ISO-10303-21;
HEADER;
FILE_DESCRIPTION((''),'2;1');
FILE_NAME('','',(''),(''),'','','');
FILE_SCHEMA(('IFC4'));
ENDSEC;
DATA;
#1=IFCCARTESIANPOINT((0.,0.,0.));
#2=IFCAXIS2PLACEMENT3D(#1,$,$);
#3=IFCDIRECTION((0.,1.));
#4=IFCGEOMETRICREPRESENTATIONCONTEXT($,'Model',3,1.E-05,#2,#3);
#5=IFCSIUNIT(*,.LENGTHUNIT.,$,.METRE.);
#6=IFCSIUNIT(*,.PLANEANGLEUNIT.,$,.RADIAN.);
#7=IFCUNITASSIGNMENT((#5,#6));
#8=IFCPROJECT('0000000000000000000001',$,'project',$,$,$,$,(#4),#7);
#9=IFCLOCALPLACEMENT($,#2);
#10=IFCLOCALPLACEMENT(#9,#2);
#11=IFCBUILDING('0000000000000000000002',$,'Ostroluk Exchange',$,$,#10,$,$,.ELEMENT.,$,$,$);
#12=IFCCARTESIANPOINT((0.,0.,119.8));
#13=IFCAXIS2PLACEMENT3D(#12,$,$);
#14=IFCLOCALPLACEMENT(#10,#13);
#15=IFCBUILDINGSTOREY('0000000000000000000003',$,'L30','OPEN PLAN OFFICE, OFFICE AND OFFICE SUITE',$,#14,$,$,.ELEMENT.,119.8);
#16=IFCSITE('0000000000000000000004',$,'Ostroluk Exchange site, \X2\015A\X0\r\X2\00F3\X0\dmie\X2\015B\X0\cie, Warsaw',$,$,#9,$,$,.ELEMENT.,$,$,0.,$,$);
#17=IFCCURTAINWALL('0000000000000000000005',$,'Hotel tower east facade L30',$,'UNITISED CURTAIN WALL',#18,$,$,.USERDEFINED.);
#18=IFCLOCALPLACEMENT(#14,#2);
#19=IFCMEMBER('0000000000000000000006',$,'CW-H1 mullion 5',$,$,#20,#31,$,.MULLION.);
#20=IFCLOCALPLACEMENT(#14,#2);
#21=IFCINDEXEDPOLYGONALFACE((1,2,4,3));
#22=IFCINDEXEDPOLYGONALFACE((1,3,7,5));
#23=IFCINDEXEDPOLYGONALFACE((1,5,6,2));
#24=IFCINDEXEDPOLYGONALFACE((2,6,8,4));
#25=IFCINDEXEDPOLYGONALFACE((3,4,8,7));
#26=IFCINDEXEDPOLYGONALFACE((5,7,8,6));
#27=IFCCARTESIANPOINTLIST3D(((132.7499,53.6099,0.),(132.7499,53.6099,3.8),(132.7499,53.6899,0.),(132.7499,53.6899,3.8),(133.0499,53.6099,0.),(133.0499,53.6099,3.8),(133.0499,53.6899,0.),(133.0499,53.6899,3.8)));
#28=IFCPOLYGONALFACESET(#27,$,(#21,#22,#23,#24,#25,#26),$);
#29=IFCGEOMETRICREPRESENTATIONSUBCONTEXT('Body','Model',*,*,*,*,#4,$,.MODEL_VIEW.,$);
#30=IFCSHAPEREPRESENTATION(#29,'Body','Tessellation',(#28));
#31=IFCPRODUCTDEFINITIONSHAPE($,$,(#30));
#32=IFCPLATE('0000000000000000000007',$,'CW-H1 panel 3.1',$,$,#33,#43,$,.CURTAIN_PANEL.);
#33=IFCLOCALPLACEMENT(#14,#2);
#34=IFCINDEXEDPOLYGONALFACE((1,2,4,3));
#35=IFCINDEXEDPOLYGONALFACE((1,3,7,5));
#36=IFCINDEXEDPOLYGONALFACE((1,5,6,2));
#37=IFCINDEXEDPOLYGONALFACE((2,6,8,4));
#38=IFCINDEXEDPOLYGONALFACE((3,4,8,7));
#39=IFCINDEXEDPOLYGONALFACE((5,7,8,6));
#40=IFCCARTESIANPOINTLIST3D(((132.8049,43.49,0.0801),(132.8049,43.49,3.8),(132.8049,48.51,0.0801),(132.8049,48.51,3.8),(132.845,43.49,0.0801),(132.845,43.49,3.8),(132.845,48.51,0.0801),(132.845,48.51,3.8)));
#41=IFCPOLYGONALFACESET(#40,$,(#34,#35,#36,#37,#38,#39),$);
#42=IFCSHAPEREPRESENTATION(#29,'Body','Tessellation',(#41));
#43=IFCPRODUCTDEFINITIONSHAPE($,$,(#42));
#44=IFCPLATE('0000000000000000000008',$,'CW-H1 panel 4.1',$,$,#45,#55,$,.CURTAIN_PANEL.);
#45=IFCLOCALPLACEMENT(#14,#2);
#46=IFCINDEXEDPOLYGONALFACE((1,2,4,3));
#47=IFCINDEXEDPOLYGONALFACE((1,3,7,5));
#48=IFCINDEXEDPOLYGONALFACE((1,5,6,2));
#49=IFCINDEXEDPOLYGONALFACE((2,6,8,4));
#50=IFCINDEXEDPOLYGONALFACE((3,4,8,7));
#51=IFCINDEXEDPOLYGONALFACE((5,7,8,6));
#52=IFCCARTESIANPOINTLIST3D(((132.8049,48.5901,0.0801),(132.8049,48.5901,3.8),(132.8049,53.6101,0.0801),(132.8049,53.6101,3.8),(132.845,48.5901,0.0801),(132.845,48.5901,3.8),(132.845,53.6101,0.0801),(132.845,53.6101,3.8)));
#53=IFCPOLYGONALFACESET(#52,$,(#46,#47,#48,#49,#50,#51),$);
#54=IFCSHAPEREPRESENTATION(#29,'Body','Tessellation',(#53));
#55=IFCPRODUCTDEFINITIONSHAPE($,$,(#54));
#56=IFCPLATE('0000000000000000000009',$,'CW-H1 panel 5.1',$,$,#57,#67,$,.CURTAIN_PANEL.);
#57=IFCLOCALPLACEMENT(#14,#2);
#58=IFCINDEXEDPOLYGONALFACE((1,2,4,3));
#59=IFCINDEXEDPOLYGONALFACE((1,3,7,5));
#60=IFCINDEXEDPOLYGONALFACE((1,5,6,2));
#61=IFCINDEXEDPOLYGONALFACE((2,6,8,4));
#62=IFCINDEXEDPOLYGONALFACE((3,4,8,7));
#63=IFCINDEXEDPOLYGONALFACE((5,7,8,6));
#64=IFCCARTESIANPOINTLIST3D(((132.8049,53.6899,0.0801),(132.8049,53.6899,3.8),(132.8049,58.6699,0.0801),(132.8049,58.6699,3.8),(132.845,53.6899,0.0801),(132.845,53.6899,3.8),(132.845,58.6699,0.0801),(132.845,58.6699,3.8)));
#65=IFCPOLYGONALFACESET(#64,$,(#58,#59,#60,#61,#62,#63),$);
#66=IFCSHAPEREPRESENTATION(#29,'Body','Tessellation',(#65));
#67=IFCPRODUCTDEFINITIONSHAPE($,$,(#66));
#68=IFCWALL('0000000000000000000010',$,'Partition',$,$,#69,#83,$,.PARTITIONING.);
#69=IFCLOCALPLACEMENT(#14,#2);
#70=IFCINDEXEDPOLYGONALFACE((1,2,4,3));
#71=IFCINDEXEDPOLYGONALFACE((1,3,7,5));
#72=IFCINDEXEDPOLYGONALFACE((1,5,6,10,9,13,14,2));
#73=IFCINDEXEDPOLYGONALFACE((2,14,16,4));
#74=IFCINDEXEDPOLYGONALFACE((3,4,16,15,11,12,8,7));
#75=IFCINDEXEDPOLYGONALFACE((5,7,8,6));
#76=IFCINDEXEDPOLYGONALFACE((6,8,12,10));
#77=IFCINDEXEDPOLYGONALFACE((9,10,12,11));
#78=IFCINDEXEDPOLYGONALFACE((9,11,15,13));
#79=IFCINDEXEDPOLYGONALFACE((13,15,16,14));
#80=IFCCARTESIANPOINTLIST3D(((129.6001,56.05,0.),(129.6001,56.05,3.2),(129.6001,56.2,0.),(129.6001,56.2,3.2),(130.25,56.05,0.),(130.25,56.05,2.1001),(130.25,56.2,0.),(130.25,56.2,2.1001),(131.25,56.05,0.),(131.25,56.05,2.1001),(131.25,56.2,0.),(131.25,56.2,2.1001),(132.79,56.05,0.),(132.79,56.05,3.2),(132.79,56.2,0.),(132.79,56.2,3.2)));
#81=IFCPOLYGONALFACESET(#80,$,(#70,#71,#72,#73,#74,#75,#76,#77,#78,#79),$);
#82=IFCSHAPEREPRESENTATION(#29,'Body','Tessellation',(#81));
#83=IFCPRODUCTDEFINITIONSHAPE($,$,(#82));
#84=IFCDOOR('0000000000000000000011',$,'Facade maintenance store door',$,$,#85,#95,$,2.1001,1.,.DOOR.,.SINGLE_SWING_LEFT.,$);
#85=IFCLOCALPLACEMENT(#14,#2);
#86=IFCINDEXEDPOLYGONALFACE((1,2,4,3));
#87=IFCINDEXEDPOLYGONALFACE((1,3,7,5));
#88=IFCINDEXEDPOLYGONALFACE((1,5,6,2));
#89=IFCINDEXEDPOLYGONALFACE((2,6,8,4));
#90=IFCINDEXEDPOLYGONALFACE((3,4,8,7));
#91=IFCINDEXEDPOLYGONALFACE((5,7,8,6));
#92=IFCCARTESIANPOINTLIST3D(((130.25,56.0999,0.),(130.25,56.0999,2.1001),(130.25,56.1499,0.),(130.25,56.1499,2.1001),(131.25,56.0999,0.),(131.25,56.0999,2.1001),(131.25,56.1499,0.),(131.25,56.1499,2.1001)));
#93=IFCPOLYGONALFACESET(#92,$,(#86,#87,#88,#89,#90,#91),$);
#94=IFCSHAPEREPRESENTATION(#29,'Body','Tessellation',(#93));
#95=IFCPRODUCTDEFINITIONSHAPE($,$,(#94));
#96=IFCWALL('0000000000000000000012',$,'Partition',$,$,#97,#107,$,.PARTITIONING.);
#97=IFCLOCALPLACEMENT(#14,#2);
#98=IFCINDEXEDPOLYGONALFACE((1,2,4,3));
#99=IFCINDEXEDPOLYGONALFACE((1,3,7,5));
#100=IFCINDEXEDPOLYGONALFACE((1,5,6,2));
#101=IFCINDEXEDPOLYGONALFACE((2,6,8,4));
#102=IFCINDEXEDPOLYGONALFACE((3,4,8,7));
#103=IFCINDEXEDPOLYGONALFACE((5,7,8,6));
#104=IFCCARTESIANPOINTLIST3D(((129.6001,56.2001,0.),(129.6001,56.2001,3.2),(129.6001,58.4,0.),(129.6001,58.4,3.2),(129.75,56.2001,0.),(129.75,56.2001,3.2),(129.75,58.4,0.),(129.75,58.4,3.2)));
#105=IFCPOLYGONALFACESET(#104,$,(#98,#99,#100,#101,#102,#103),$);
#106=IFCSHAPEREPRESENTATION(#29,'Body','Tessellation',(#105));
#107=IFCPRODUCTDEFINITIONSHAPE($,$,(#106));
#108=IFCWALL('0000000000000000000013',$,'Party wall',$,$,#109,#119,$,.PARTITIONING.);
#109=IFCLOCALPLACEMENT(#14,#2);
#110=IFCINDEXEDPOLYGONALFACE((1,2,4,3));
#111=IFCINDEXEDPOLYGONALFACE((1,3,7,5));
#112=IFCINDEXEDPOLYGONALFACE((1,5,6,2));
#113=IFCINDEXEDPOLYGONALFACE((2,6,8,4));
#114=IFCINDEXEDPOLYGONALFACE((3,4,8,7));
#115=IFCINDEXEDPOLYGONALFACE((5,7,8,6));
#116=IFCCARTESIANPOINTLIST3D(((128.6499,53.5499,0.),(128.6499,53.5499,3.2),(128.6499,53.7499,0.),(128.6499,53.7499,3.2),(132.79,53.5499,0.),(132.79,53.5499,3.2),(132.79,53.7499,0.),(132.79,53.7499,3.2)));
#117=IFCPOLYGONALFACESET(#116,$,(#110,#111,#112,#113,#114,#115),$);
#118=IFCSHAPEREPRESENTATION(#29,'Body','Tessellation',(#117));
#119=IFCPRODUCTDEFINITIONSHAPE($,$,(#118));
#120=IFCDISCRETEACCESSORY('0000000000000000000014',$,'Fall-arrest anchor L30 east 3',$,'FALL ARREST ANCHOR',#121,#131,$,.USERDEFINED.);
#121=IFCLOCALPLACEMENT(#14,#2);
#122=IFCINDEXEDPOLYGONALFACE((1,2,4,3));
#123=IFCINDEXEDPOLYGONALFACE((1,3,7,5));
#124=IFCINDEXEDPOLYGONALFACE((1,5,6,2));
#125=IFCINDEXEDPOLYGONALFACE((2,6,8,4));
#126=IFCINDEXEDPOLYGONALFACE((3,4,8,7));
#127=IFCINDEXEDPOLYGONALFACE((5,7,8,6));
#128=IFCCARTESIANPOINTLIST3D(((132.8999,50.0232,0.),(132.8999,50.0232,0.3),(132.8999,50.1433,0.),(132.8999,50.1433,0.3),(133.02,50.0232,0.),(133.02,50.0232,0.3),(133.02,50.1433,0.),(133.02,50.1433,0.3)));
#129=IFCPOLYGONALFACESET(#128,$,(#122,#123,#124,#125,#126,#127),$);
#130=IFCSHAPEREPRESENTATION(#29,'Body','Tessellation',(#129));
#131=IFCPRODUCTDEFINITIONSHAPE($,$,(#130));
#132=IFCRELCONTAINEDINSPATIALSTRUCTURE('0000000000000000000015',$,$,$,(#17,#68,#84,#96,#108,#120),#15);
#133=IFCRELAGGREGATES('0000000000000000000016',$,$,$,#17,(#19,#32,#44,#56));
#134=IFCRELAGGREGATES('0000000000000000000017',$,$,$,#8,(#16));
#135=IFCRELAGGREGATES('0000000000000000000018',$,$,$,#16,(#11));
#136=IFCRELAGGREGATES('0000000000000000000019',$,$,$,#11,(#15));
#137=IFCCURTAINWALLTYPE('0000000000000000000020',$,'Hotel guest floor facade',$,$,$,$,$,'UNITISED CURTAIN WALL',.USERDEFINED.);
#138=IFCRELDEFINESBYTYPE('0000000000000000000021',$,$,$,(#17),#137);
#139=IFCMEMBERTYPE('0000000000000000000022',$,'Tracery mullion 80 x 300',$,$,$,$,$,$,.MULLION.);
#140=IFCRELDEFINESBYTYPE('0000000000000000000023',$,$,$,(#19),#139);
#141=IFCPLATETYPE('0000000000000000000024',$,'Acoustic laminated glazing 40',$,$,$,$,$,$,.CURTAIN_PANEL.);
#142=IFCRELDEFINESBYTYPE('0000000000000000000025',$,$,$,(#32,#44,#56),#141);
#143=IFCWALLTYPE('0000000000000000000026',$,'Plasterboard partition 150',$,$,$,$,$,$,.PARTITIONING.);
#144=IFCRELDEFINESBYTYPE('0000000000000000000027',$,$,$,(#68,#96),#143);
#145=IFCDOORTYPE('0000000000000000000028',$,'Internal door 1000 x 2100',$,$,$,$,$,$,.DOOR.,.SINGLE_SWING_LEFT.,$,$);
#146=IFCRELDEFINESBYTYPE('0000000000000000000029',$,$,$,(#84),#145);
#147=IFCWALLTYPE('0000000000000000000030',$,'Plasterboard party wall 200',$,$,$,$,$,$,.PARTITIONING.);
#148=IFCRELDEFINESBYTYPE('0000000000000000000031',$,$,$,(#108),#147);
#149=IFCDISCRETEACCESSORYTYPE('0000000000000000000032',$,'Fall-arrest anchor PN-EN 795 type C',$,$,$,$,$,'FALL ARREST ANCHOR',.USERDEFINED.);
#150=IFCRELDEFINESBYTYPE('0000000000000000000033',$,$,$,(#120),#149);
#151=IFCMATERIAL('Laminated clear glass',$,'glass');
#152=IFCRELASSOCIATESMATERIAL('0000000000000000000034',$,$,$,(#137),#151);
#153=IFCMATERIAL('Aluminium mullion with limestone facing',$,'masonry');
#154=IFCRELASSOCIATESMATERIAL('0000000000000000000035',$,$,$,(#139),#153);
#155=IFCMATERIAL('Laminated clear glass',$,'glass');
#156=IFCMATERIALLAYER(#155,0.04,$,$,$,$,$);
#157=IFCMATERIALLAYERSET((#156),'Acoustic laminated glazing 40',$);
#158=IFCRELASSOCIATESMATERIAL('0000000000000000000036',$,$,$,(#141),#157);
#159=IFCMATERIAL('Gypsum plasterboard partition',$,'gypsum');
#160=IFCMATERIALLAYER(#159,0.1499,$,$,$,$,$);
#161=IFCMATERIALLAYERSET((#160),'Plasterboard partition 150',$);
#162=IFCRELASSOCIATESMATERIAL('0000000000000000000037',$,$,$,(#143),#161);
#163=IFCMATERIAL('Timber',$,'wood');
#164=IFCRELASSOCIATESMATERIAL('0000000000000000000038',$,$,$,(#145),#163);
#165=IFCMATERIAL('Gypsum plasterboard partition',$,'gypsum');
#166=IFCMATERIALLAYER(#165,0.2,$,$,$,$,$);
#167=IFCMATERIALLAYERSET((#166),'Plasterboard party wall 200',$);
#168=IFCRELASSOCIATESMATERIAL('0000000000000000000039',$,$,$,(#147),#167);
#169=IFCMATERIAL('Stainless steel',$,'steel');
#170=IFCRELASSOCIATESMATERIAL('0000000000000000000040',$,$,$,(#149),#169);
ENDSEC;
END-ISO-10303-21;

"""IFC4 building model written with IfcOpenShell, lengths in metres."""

from ifc_helpers import new_model, si_unit, direction, frame, frame_2d, origin, origin_2d, place, context, subcontext, project, spatial, rectangle, extrude, material, layer, layer_set, material_profile, profile_set, type_object, element, fill, aggregate, save


model = new_model("IFC4")

# Units and contexts
model_context = context("Model", 3, precision=1e-05, world=origin(), true_north=direction((0.0, 1.0)))
body_context = subcontext(model_context, "Body", "Model", "MODEL_VIEW")
ifc_project = project(units=[si_unit("LENGTHUNIT", "METRE"), si_unit("PLANEANGLEUNIT", "RADIAN")], contexts=[model_context])

# Site, building, storey
site_placement = place(None, origin())
site = spatial("IfcSite", under=ifc_project, at=site_placement, Name="Ostroluk Exchange site, Śródmieście, Warsaw", CompositionType="ELEMENT", RefElevation=0.0)
building_placement = place(site_placement, origin())
building = spatial("IfcBuilding", under=site, at=building_placement, Name="Ostroluk Exchange", CompositionType="ELEMENT")
storey_placement = place(building_placement, frame((0.0, 0.0, 119.8)))
storey = spatial("IfcBuildingStorey", under=building, at=storey_placement, Name="L30", Description="OPEN PLAN OFFICE, OFFICE AND OFFICE SUITE", CompositionType="ELEMENT", Elevation=119.8)

# Curtain wall, member, plates
ifc_material_1 = material(Name="Laminated clear glass", Category="glass")
curtain_wall_type = type_object("IfcCurtainWallType", Name="Hotel guest floor facade", ElementType="UNITISED CURTAIN WALL", PredefinedType="USERDEFINED", material=ifc_material_1)
curtain_wall_placement = place(storey_placement, origin())
curtain_wall = element("IfcCurtainWall", 1, at=curtain_wall_placement, inside=storey, type_object=curtain_wall_type, Name="Hotel tower east facade L30", ObjectType="UNITISED CURTAIN WALL", PredefinedType="USERDEFINED")
ifc_material_2 = material(Name="Aluminium mullion with limestone facing", Category="masonry")
ifc_material_profile_1 = material_profile(ifc_material_2, rectangle(XDim=0.3, YDim=0.0801, at=origin_2d()), Name="Tracery mullion 80 x 300")
ifc_profile_set_1 = profile_set([ifc_material_profile_1], Name="Aluminium mullion with limestone facing")
member_type_1 = type_object("IfcMemberType", Name="Tracery mullion 80 x 300", PredefinedType="MULLION", material=ifc_profile_set_1)
member_1_placement = place(storey_placement, frame((132.8999, 53.6499, 0.0), z_axis=(0.0, 0.0, 1.0), x_axis=(-1.0, 0.0, 0.0)))
member_1 = element("IfcMember", 2, at=member_1_placement, type_object=member_type_1, Name="CW-H1 mullion 5", PredefinedType="MULLION", context=body_context, shape_type="SweptSolid", body=[
    extrude(rectangle(XDim=0.3, YDim=0.0801, at=origin_2d()), origin(), (0.0, 0.0, 1.0), 3.8),
])
ifc_material_3 = material(Name="Laminated clear glass", Category="glass")
ifc_layer_1 = layer(ifc_material_3, 0.04)
ifc_layer_set_1 = layer_set([ifc_layer_1], Name="Acoustic laminated glazing 40")
plate_type = type_object("IfcPlateType", Name="Acoustic laminated glazing 40", PredefinedType="CURTAIN_PANEL", material=ifc_layer_set_1)
plate_1_placement = place(storey_placement, frame((132.825, 46.0, 0.0801), z_axis=(0.0, 0.0, 1.0), x_axis=(0.0, 1.0, 0.0)))
plate_1 = element("IfcPlate", 3, at=plate_1_placement, type_object=plate_type, Name="CW-H1 panel 3.1", PredefinedType="CURTAIN_PANEL", context=body_context, shape_type="SweptSolid", body=[
    extrude(rectangle(XDim=5.02, YDim=0.04, at=origin_2d()), origin(), (0.0, 0.0, 1.0), 3.72),
])
plate_2_placement = place(storey_placement, frame((132.825, 51.1001, 0.0801), z_axis=(0.0, 0.0, 1.0), x_axis=(0.0, 1.0, 0.0)))
plate_2 = element("IfcPlate", 4, at=plate_2_placement, type_object=plate_type, Name="CW-H1 panel 4.1", PredefinedType="CURTAIN_PANEL", context=body_context, shape_type="SweptSolid", body=[
    extrude(rectangle(XDim=5.02, YDim=0.04, at=origin_2d()), origin(), (0.0, 0.0, 1.0), 3.72),
])
plate_3_placement = place(storey_placement, frame((132.825, 56.1799, 0.0801), z_axis=(0.0, 0.0, 1.0), x_axis=(0.0, 1.0, 0.0)))
plate_3 = element("IfcPlate", 5, at=plate_3_placement, type_object=plate_type, Name="CW-H1 panel 5.1", PredefinedType="CURTAIN_PANEL", context=body_context, shape_type="SweptSolid", body=[
    extrude(rectangle(XDim=4.98, YDim=0.04, at=origin_2d()), origin(), (0.0, 0.0, 1.0), 3.72),
])
aggregate(curtain_wall, [member_1, plate_1, plate_2, plate_3])

# Wall, opening, door
ifc_material_4 = material(Name="Gypsum plasterboard partition", Category="gypsum")
ifc_layer_2 = layer(ifc_material_4, 0.1499)
ifc_layer_set_2 = layer_set([ifc_layer_2], Name="Plasterboard partition 150")
wall_type_1 = type_object("IfcWallType", Name="Plasterboard partition 150", PredefinedType="PARTITIONING", material=ifc_layer_set_2)
wall_1_placement = place(storey_placement, frame((129.6001, 56.125, 0.0), z_axis=(0.0, 0.0, 1.0), x_axis=(1.0, 0.0, 0.0)))
wall_1 = element("IfcWall", 6, at=wall_1_placement, inside=storey, type_object=wall_type_1, Name="Partition", PredefinedType="PARTITIONING", context=body_context, shape_type="SweptSolid", body=[
    extrude(rectangle(XDim=3.1899, YDim=0.1499, at=frame_2d((1.595, 0.0))), origin(), (0.0, 0.0, 1.0), 3.2),
])
opening_placement = place(wall_1_placement, frame((0.6499, 0.0, 0.0)))
opening = element("IfcOpeningElement", 7, at=opening_placement, cuts=wall_1, PredefinedType="OPENING", context=body_context, shape_type="SweptSolid", body=[
    extrude(rectangle(XDim=1.0, YDim=2.1001, at=frame_2d((0.5, 1.05))), frame((0.0, 0.085, 0.0), z_axis=(0.0, -1.0, 0.0), x_axis=(1.0, 0.0, 0.0)), (0.0, 0.0, 1.0), 0.1699),
])
ifc_material_5 = material(Name="Timber", Category="wood")
door_type = type_object("IfcDoorType", Name="Internal door 1000 x 2100", OperationType="SINGLE_SWING_LEFT", PredefinedType="DOOR", material=ifc_material_5)
door_placement = place(opening_placement, origin())
door = element("IfcDoor", 8, at=door_placement, inside=storey, type_object=door_type, Name="Facade maintenance store door", OperationType="SINGLE_SWING_LEFT", OverallHeight=2.1001, OverallWidth=1.0, PredefinedType="DOOR", context=body_context, shape_type="SweptSolid", body=[
    extrude(rectangle(XDim=1.0, YDim=2.1001, at=frame_2d((0.5, 1.05))), frame((0.0, 0.0249, 0.0), z_axis=(0.0, -1.0, 0.0), x_axis=(1.0, 0.0, 0.0)), (0.0, 0.0, 1.0), 0.05),
])
fill(opening, door)

# Walls
wall_2_placement = place(storey_placement, frame((129.675, 56.2, 0.0), z_axis=(0.0, 0.0, 1.0), x_axis=(0.0, 1.0, 0.0)))
element("IfcWall", 9, at=wall_2_placement, inside=storey, type_object=wall_type_1, Name="Partition", PredefinedType="PARTITIONING", context=body_context, shape_type="SweptSolid", body=[
    extrude(rectangle(XDim=2.2, YDim=0.1499, at=frame_2d((1.1001, 0.0))), origin(), (0.0, 0.0, 1.0), 3.2),
])
ifc_material_6 = material(Name="Gypsum plasterboard partition", Category="gypsum")
ifc_layer_3 = layer(ifc_material_6, 0.2)
ifc_layer_set_3 = layer_set([ifc_layer_3], Name="Plasterboard party wall 200")
wall_type_2 = type_object("IfcWallType", Name="Plasterboard party wall 200", PredefinedType="PARTITIONING", material=ifc_layer_set_3)
wall_3_placement = place(storey_placement, frame((128.6499, 53.6499, 0.0), z_axis=(0.0, 0.0, 1.0), x_axis=(1.0, 0.0, 0.0)))
element("IfcWall", 10, at=wall_3_placement, inside=storey, type_object=wall_type_2, Name="Party wall", PredefinedType="PARTITIONING", context=body_context, shape_type="SweptSolid", body=[
    extrude(rectangle(XDim=4.1401, YDim=0.2, at=frame_2d((2.0701, 0.0))), origin(), (0.0, 0.0, 1.0), 3.2),
])

# Discrete accessory
ifc_material_7 = material(Name="Stainless steel", Category="steel")
discrete_accessory_type = type_object("IfcDiscreteAccessoryType", Name="Fall-arrest anchor PN-EN 795 type C", ElementType="FALL ARREST ANCHOR", PredefinedType="USERDEFINED", material=ifc_material_7)
discrete_accessory_placement = place(storey_placement, frame((132.96, 50.0833, 0.0), z_axis=(0.0, 0.0, 1.0), x_axis=(1.0, 0.0, 0.0)))
element("IfcDiscreteAccessory", 11, at=discrete_accessory_placement, inside=storey, type_object=discrete_accessory_type, Name="Fall-arrest anchor L30 east 3", ObjectType="FALL ARREST ANCHOR", PredefinedType="USERDEFINED", context=body_context, shape_type="SweptSolid", body=[
    extrude(rectangle(XDim=0.1201, YDim=0.1201, at=origin_2d()), origin(), (0.0, 0.0, 1.0), 0.3),
])

save(model, "model.ifc")
